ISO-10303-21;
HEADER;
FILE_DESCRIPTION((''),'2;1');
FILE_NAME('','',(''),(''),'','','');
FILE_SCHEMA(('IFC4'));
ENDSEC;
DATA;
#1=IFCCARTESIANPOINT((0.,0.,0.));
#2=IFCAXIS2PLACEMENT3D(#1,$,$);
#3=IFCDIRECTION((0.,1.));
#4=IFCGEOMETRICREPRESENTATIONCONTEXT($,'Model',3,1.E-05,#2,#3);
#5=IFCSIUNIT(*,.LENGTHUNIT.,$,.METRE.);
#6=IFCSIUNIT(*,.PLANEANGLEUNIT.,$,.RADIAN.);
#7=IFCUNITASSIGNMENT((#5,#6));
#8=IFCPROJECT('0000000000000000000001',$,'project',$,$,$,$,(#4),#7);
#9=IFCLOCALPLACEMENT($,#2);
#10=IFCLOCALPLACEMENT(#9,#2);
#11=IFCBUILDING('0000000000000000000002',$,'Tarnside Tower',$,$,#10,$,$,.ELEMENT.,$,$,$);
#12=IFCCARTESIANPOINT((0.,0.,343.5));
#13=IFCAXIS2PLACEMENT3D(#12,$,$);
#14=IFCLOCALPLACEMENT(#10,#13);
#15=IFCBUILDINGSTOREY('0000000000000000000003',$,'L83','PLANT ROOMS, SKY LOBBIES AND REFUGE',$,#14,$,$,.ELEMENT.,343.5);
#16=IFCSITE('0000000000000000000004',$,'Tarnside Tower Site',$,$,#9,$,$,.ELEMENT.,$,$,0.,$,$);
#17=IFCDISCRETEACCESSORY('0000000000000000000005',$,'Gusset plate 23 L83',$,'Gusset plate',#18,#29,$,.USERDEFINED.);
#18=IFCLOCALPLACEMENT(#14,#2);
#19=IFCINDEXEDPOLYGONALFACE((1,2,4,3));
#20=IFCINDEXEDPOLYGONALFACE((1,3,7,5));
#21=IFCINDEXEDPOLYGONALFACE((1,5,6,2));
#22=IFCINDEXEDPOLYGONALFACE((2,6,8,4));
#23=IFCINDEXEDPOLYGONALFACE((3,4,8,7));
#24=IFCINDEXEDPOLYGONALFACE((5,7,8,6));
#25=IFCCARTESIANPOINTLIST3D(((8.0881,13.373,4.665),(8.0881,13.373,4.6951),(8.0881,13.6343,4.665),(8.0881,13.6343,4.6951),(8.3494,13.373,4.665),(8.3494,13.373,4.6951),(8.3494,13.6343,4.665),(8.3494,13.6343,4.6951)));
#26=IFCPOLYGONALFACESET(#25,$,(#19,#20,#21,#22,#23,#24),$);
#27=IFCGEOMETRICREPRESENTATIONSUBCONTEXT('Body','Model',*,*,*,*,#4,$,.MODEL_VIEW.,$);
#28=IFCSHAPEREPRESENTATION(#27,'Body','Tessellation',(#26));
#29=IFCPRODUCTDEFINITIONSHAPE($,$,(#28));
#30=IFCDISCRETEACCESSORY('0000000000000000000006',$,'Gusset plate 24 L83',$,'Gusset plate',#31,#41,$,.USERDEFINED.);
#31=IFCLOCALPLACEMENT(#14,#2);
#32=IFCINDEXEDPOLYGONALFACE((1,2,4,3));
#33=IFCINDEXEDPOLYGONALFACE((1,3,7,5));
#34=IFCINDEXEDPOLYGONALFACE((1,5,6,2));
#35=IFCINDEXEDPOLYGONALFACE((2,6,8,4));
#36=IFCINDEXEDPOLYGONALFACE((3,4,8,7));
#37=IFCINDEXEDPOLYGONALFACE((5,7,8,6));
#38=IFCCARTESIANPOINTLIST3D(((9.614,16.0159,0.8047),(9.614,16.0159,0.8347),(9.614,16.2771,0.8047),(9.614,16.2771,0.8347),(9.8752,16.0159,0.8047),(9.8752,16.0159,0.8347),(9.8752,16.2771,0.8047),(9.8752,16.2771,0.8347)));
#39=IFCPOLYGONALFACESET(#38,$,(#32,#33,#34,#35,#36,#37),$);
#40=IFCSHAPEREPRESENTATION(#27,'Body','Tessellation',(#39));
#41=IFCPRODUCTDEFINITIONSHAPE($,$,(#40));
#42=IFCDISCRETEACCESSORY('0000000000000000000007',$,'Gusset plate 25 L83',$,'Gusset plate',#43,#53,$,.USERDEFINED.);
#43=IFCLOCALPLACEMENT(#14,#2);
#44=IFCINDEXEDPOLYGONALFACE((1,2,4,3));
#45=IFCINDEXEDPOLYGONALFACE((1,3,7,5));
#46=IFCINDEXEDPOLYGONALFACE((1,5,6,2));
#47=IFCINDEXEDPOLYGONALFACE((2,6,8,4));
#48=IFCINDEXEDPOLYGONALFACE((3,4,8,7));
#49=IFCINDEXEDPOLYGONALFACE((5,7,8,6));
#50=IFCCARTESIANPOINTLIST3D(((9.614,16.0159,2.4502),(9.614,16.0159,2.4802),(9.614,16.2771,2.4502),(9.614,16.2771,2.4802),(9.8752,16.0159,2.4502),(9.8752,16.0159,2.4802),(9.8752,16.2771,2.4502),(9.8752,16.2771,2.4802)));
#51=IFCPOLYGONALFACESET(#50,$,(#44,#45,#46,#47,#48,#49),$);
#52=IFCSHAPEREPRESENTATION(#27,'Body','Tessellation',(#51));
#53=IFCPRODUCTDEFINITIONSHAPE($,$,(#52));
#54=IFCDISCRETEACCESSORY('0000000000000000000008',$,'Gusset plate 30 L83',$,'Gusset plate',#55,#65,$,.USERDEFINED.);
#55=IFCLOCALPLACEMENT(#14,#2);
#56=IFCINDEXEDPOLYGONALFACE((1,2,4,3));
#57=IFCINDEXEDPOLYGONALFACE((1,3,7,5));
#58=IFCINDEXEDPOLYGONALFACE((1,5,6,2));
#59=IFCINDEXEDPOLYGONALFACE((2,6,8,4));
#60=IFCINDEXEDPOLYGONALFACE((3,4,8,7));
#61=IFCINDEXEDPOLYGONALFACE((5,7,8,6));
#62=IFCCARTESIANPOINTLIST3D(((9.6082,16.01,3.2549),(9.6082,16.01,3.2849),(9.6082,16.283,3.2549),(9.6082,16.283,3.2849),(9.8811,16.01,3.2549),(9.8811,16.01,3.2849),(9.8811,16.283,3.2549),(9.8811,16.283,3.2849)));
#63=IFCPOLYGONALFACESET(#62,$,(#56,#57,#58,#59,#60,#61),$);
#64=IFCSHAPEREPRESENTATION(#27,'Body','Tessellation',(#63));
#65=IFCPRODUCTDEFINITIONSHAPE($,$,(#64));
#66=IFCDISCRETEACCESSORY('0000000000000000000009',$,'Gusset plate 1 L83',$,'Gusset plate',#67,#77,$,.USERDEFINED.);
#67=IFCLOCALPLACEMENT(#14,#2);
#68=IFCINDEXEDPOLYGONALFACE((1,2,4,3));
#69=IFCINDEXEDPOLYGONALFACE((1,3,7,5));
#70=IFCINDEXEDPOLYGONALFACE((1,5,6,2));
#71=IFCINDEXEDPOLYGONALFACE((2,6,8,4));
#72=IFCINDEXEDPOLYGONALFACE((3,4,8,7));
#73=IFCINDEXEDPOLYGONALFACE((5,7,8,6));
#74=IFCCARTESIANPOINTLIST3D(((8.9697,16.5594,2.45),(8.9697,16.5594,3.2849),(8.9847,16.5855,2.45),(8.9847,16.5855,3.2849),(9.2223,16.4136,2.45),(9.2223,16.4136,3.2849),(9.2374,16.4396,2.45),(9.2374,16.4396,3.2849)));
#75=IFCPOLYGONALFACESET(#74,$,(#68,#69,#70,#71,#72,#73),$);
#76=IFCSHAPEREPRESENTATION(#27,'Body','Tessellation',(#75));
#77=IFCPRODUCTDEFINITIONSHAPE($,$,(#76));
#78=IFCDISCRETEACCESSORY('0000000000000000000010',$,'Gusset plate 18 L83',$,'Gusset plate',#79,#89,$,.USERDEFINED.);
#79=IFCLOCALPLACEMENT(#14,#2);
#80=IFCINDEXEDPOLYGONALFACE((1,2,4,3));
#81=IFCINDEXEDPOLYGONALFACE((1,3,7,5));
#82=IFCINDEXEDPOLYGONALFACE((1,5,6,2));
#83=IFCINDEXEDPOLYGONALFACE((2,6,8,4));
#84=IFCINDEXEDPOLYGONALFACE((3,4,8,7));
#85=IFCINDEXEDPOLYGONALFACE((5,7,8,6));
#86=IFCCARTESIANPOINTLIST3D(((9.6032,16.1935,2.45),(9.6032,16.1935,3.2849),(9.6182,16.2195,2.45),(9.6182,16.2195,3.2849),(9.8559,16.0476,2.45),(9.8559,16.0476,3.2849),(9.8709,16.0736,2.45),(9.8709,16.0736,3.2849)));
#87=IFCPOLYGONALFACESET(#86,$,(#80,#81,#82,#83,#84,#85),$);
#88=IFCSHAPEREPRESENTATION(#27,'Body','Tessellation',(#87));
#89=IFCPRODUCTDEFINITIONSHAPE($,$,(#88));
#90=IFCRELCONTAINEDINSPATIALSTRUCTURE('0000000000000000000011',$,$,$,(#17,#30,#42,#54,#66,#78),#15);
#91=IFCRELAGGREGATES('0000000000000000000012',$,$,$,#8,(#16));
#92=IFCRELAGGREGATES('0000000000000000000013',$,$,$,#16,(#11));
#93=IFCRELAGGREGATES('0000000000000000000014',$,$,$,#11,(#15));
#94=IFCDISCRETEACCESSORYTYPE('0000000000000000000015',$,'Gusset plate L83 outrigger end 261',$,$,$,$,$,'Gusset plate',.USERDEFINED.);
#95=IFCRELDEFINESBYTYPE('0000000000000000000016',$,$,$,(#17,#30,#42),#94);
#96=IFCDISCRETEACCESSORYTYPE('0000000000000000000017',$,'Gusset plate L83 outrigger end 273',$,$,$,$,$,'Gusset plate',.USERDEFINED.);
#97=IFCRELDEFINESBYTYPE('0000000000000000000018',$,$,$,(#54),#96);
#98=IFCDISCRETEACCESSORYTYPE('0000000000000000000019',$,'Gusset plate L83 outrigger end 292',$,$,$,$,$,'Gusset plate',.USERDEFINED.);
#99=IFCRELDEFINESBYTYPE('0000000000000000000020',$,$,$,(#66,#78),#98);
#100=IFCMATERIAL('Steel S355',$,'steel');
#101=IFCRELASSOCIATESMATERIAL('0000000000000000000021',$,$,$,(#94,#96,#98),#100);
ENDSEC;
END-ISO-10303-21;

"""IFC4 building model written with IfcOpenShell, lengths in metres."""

from ifc_helpers import new_model, si_unit, direction, frame, origin, origin_2d, place, context, subcontext, project, spatial, rectangle, extrude, material, type_object, element, save


model = new_model("IFC4")

# Units and contexts
model_context = context("Model", 3, precision=1e-05, world=origin(), true_north=direction((0.0, 1.0)))
body_context = subcontext(model_context, "Body", "Model", "MODEL_VIEW")
ifc_project = project(units=[si_unit("LENGTHUNIT", "METRE"), si_unit("PLANEANGLEUNIT", "RADIAN")], contexts=[model_context])

# Site, building, storey
site_placement = place(None, origin())
site = spatial("IfcSite", under=ifc_project, at=site_placement, Name="Tarnside Tower Site", CompositionType="ELEMENT", RefElevation=0.0)
building_placement = place(site_placement, origin())
building = spatial("IfcBuilding", under=site, at=building_placement, Name="Tarnside Tower", CompositionType="ELEMENT")
storey_placement = place(building_placement, frame((0.0, 0.0, 343.5)))
storey = spatial("IfcBuildingStorey", under=building, at=storey_placement, Name="L83", Description="PLANT ROOMS, SKY LOBBIES AND REFUGE", CompositionType="ELEMENT", Elevation=343.5)

# Shared definitions
ifc_material = material(Name="Steel S355", Category="steel")

# Discrete accessories
discrete_accessory_type_1 = type_object("IfcDiscreteAccessoryType", Name="Gusset plate L83 outrigger end 261", ElementType="Gusset plate", PredefinedType="USERDEFINED", material=ifc_material)
for number, where, z_axis, x_axis, name in (
    (1, (8.2188, 13.5037, 4.665), (0.0, 0.0, 1.0), (1.0, 0.0, 0.0), "Gusset plate 23 L83"),
    (2, (9.7446, 16.1465, 0.8047), (0.0, 0.0, 1.0), (1.0, 0.0, 0.0), "Gusset plate 24 L83"),
    (3, (9.7446, 16.1465, 2.4502), (0.0, 0.0, 1.0), (1.0, 0.0, 0.0), "Gusset plate 25 L83"),
):
    element("IfcDiscreteAccessory", number, at=place(storey_placement, frame(where, z_axis=z_axis, x_axis=x_axis)), inside=storey, type_object=discrete_accessory_type_1, Name=name, ObjectType="Gusset plate", PredefinedType="USERDEFINED", context=body_context, shape_type="SweptSolid", body=[
        extrude(rectangle(XDim=0.2612, YDim=0.2612, at=origin_2d()), origin(), (0.0, 0.0, 1.0), 0.03),
    ])
discrete_accessory_type_2 = type_object("IfcDiscreteAccessoryType", Name="Gusset plate L83 outrigger end 273", ElementType="Gusset plate", PredefinedType="USERDEFINED", material=ifc_material)
discrete_accessory_placement = place(storey_placement, frame((9.7446, 16.1465, 3.2549), z_axis=(0.0, 0.0, 1.0), x_axis=(1.0, 0.0, 0.0)))
element("IfcDiscreteAccessory", 4, at=discrete_accessory_placement, inside=storey, type_object=discrete_accessory_type_2, Name="Gusset plate 30 L83", ObjectType="Gusset plate", PredefinedType="USERDEFINED", context=body_context, shape_type="SweptSolid", body=[
    extrude(rectangle(XDim=0.2729, YDim=0.2729, at=origin_2d()), origin(), (0.0, 0.0, 1.0), 0.03),
])
discrete_accessory_type_3 = type_object("IfcDiscreteAccessoryType", Name="Gusset plate L83 outrigger end 292", ElementType="Gusset plate", PredefinedType="USERDEFINED", material=ifc_material)
for number, where, z_axis, x_axis, name in (
    (5, (9.1035, 16.4995, 2.45), (0.0, 0.0, 1.0), (-0.499997, -0.866027, 0.0), "Gusset plate 1 L83"),
    (6, (9.7371, 16.1335, 2.45), (0.0, 0.0, 1.0), (-0.50002, -0.866014, 0.0), "Gusset plate 18 L83"),
):
    element("IfcDiscreteAccessory", number, at=place(storey_placement, frame(where, z_axis=z_axis, x_axis=x_axis)), inside=storey, type_object=discrete_accessory_type_3, Name=name, ObjectType="Gusset plate", PredefinedType="USERDEFINED", context=body_context, shape_type="SweptSolid", body=[
        extrude(rectangle(XDim=0.03, YDim=0.2917, at=origin_2d()), origin(), (0.0, 0.0, 1.0), 0.835),
    ])

save(model, "model.ifc")
